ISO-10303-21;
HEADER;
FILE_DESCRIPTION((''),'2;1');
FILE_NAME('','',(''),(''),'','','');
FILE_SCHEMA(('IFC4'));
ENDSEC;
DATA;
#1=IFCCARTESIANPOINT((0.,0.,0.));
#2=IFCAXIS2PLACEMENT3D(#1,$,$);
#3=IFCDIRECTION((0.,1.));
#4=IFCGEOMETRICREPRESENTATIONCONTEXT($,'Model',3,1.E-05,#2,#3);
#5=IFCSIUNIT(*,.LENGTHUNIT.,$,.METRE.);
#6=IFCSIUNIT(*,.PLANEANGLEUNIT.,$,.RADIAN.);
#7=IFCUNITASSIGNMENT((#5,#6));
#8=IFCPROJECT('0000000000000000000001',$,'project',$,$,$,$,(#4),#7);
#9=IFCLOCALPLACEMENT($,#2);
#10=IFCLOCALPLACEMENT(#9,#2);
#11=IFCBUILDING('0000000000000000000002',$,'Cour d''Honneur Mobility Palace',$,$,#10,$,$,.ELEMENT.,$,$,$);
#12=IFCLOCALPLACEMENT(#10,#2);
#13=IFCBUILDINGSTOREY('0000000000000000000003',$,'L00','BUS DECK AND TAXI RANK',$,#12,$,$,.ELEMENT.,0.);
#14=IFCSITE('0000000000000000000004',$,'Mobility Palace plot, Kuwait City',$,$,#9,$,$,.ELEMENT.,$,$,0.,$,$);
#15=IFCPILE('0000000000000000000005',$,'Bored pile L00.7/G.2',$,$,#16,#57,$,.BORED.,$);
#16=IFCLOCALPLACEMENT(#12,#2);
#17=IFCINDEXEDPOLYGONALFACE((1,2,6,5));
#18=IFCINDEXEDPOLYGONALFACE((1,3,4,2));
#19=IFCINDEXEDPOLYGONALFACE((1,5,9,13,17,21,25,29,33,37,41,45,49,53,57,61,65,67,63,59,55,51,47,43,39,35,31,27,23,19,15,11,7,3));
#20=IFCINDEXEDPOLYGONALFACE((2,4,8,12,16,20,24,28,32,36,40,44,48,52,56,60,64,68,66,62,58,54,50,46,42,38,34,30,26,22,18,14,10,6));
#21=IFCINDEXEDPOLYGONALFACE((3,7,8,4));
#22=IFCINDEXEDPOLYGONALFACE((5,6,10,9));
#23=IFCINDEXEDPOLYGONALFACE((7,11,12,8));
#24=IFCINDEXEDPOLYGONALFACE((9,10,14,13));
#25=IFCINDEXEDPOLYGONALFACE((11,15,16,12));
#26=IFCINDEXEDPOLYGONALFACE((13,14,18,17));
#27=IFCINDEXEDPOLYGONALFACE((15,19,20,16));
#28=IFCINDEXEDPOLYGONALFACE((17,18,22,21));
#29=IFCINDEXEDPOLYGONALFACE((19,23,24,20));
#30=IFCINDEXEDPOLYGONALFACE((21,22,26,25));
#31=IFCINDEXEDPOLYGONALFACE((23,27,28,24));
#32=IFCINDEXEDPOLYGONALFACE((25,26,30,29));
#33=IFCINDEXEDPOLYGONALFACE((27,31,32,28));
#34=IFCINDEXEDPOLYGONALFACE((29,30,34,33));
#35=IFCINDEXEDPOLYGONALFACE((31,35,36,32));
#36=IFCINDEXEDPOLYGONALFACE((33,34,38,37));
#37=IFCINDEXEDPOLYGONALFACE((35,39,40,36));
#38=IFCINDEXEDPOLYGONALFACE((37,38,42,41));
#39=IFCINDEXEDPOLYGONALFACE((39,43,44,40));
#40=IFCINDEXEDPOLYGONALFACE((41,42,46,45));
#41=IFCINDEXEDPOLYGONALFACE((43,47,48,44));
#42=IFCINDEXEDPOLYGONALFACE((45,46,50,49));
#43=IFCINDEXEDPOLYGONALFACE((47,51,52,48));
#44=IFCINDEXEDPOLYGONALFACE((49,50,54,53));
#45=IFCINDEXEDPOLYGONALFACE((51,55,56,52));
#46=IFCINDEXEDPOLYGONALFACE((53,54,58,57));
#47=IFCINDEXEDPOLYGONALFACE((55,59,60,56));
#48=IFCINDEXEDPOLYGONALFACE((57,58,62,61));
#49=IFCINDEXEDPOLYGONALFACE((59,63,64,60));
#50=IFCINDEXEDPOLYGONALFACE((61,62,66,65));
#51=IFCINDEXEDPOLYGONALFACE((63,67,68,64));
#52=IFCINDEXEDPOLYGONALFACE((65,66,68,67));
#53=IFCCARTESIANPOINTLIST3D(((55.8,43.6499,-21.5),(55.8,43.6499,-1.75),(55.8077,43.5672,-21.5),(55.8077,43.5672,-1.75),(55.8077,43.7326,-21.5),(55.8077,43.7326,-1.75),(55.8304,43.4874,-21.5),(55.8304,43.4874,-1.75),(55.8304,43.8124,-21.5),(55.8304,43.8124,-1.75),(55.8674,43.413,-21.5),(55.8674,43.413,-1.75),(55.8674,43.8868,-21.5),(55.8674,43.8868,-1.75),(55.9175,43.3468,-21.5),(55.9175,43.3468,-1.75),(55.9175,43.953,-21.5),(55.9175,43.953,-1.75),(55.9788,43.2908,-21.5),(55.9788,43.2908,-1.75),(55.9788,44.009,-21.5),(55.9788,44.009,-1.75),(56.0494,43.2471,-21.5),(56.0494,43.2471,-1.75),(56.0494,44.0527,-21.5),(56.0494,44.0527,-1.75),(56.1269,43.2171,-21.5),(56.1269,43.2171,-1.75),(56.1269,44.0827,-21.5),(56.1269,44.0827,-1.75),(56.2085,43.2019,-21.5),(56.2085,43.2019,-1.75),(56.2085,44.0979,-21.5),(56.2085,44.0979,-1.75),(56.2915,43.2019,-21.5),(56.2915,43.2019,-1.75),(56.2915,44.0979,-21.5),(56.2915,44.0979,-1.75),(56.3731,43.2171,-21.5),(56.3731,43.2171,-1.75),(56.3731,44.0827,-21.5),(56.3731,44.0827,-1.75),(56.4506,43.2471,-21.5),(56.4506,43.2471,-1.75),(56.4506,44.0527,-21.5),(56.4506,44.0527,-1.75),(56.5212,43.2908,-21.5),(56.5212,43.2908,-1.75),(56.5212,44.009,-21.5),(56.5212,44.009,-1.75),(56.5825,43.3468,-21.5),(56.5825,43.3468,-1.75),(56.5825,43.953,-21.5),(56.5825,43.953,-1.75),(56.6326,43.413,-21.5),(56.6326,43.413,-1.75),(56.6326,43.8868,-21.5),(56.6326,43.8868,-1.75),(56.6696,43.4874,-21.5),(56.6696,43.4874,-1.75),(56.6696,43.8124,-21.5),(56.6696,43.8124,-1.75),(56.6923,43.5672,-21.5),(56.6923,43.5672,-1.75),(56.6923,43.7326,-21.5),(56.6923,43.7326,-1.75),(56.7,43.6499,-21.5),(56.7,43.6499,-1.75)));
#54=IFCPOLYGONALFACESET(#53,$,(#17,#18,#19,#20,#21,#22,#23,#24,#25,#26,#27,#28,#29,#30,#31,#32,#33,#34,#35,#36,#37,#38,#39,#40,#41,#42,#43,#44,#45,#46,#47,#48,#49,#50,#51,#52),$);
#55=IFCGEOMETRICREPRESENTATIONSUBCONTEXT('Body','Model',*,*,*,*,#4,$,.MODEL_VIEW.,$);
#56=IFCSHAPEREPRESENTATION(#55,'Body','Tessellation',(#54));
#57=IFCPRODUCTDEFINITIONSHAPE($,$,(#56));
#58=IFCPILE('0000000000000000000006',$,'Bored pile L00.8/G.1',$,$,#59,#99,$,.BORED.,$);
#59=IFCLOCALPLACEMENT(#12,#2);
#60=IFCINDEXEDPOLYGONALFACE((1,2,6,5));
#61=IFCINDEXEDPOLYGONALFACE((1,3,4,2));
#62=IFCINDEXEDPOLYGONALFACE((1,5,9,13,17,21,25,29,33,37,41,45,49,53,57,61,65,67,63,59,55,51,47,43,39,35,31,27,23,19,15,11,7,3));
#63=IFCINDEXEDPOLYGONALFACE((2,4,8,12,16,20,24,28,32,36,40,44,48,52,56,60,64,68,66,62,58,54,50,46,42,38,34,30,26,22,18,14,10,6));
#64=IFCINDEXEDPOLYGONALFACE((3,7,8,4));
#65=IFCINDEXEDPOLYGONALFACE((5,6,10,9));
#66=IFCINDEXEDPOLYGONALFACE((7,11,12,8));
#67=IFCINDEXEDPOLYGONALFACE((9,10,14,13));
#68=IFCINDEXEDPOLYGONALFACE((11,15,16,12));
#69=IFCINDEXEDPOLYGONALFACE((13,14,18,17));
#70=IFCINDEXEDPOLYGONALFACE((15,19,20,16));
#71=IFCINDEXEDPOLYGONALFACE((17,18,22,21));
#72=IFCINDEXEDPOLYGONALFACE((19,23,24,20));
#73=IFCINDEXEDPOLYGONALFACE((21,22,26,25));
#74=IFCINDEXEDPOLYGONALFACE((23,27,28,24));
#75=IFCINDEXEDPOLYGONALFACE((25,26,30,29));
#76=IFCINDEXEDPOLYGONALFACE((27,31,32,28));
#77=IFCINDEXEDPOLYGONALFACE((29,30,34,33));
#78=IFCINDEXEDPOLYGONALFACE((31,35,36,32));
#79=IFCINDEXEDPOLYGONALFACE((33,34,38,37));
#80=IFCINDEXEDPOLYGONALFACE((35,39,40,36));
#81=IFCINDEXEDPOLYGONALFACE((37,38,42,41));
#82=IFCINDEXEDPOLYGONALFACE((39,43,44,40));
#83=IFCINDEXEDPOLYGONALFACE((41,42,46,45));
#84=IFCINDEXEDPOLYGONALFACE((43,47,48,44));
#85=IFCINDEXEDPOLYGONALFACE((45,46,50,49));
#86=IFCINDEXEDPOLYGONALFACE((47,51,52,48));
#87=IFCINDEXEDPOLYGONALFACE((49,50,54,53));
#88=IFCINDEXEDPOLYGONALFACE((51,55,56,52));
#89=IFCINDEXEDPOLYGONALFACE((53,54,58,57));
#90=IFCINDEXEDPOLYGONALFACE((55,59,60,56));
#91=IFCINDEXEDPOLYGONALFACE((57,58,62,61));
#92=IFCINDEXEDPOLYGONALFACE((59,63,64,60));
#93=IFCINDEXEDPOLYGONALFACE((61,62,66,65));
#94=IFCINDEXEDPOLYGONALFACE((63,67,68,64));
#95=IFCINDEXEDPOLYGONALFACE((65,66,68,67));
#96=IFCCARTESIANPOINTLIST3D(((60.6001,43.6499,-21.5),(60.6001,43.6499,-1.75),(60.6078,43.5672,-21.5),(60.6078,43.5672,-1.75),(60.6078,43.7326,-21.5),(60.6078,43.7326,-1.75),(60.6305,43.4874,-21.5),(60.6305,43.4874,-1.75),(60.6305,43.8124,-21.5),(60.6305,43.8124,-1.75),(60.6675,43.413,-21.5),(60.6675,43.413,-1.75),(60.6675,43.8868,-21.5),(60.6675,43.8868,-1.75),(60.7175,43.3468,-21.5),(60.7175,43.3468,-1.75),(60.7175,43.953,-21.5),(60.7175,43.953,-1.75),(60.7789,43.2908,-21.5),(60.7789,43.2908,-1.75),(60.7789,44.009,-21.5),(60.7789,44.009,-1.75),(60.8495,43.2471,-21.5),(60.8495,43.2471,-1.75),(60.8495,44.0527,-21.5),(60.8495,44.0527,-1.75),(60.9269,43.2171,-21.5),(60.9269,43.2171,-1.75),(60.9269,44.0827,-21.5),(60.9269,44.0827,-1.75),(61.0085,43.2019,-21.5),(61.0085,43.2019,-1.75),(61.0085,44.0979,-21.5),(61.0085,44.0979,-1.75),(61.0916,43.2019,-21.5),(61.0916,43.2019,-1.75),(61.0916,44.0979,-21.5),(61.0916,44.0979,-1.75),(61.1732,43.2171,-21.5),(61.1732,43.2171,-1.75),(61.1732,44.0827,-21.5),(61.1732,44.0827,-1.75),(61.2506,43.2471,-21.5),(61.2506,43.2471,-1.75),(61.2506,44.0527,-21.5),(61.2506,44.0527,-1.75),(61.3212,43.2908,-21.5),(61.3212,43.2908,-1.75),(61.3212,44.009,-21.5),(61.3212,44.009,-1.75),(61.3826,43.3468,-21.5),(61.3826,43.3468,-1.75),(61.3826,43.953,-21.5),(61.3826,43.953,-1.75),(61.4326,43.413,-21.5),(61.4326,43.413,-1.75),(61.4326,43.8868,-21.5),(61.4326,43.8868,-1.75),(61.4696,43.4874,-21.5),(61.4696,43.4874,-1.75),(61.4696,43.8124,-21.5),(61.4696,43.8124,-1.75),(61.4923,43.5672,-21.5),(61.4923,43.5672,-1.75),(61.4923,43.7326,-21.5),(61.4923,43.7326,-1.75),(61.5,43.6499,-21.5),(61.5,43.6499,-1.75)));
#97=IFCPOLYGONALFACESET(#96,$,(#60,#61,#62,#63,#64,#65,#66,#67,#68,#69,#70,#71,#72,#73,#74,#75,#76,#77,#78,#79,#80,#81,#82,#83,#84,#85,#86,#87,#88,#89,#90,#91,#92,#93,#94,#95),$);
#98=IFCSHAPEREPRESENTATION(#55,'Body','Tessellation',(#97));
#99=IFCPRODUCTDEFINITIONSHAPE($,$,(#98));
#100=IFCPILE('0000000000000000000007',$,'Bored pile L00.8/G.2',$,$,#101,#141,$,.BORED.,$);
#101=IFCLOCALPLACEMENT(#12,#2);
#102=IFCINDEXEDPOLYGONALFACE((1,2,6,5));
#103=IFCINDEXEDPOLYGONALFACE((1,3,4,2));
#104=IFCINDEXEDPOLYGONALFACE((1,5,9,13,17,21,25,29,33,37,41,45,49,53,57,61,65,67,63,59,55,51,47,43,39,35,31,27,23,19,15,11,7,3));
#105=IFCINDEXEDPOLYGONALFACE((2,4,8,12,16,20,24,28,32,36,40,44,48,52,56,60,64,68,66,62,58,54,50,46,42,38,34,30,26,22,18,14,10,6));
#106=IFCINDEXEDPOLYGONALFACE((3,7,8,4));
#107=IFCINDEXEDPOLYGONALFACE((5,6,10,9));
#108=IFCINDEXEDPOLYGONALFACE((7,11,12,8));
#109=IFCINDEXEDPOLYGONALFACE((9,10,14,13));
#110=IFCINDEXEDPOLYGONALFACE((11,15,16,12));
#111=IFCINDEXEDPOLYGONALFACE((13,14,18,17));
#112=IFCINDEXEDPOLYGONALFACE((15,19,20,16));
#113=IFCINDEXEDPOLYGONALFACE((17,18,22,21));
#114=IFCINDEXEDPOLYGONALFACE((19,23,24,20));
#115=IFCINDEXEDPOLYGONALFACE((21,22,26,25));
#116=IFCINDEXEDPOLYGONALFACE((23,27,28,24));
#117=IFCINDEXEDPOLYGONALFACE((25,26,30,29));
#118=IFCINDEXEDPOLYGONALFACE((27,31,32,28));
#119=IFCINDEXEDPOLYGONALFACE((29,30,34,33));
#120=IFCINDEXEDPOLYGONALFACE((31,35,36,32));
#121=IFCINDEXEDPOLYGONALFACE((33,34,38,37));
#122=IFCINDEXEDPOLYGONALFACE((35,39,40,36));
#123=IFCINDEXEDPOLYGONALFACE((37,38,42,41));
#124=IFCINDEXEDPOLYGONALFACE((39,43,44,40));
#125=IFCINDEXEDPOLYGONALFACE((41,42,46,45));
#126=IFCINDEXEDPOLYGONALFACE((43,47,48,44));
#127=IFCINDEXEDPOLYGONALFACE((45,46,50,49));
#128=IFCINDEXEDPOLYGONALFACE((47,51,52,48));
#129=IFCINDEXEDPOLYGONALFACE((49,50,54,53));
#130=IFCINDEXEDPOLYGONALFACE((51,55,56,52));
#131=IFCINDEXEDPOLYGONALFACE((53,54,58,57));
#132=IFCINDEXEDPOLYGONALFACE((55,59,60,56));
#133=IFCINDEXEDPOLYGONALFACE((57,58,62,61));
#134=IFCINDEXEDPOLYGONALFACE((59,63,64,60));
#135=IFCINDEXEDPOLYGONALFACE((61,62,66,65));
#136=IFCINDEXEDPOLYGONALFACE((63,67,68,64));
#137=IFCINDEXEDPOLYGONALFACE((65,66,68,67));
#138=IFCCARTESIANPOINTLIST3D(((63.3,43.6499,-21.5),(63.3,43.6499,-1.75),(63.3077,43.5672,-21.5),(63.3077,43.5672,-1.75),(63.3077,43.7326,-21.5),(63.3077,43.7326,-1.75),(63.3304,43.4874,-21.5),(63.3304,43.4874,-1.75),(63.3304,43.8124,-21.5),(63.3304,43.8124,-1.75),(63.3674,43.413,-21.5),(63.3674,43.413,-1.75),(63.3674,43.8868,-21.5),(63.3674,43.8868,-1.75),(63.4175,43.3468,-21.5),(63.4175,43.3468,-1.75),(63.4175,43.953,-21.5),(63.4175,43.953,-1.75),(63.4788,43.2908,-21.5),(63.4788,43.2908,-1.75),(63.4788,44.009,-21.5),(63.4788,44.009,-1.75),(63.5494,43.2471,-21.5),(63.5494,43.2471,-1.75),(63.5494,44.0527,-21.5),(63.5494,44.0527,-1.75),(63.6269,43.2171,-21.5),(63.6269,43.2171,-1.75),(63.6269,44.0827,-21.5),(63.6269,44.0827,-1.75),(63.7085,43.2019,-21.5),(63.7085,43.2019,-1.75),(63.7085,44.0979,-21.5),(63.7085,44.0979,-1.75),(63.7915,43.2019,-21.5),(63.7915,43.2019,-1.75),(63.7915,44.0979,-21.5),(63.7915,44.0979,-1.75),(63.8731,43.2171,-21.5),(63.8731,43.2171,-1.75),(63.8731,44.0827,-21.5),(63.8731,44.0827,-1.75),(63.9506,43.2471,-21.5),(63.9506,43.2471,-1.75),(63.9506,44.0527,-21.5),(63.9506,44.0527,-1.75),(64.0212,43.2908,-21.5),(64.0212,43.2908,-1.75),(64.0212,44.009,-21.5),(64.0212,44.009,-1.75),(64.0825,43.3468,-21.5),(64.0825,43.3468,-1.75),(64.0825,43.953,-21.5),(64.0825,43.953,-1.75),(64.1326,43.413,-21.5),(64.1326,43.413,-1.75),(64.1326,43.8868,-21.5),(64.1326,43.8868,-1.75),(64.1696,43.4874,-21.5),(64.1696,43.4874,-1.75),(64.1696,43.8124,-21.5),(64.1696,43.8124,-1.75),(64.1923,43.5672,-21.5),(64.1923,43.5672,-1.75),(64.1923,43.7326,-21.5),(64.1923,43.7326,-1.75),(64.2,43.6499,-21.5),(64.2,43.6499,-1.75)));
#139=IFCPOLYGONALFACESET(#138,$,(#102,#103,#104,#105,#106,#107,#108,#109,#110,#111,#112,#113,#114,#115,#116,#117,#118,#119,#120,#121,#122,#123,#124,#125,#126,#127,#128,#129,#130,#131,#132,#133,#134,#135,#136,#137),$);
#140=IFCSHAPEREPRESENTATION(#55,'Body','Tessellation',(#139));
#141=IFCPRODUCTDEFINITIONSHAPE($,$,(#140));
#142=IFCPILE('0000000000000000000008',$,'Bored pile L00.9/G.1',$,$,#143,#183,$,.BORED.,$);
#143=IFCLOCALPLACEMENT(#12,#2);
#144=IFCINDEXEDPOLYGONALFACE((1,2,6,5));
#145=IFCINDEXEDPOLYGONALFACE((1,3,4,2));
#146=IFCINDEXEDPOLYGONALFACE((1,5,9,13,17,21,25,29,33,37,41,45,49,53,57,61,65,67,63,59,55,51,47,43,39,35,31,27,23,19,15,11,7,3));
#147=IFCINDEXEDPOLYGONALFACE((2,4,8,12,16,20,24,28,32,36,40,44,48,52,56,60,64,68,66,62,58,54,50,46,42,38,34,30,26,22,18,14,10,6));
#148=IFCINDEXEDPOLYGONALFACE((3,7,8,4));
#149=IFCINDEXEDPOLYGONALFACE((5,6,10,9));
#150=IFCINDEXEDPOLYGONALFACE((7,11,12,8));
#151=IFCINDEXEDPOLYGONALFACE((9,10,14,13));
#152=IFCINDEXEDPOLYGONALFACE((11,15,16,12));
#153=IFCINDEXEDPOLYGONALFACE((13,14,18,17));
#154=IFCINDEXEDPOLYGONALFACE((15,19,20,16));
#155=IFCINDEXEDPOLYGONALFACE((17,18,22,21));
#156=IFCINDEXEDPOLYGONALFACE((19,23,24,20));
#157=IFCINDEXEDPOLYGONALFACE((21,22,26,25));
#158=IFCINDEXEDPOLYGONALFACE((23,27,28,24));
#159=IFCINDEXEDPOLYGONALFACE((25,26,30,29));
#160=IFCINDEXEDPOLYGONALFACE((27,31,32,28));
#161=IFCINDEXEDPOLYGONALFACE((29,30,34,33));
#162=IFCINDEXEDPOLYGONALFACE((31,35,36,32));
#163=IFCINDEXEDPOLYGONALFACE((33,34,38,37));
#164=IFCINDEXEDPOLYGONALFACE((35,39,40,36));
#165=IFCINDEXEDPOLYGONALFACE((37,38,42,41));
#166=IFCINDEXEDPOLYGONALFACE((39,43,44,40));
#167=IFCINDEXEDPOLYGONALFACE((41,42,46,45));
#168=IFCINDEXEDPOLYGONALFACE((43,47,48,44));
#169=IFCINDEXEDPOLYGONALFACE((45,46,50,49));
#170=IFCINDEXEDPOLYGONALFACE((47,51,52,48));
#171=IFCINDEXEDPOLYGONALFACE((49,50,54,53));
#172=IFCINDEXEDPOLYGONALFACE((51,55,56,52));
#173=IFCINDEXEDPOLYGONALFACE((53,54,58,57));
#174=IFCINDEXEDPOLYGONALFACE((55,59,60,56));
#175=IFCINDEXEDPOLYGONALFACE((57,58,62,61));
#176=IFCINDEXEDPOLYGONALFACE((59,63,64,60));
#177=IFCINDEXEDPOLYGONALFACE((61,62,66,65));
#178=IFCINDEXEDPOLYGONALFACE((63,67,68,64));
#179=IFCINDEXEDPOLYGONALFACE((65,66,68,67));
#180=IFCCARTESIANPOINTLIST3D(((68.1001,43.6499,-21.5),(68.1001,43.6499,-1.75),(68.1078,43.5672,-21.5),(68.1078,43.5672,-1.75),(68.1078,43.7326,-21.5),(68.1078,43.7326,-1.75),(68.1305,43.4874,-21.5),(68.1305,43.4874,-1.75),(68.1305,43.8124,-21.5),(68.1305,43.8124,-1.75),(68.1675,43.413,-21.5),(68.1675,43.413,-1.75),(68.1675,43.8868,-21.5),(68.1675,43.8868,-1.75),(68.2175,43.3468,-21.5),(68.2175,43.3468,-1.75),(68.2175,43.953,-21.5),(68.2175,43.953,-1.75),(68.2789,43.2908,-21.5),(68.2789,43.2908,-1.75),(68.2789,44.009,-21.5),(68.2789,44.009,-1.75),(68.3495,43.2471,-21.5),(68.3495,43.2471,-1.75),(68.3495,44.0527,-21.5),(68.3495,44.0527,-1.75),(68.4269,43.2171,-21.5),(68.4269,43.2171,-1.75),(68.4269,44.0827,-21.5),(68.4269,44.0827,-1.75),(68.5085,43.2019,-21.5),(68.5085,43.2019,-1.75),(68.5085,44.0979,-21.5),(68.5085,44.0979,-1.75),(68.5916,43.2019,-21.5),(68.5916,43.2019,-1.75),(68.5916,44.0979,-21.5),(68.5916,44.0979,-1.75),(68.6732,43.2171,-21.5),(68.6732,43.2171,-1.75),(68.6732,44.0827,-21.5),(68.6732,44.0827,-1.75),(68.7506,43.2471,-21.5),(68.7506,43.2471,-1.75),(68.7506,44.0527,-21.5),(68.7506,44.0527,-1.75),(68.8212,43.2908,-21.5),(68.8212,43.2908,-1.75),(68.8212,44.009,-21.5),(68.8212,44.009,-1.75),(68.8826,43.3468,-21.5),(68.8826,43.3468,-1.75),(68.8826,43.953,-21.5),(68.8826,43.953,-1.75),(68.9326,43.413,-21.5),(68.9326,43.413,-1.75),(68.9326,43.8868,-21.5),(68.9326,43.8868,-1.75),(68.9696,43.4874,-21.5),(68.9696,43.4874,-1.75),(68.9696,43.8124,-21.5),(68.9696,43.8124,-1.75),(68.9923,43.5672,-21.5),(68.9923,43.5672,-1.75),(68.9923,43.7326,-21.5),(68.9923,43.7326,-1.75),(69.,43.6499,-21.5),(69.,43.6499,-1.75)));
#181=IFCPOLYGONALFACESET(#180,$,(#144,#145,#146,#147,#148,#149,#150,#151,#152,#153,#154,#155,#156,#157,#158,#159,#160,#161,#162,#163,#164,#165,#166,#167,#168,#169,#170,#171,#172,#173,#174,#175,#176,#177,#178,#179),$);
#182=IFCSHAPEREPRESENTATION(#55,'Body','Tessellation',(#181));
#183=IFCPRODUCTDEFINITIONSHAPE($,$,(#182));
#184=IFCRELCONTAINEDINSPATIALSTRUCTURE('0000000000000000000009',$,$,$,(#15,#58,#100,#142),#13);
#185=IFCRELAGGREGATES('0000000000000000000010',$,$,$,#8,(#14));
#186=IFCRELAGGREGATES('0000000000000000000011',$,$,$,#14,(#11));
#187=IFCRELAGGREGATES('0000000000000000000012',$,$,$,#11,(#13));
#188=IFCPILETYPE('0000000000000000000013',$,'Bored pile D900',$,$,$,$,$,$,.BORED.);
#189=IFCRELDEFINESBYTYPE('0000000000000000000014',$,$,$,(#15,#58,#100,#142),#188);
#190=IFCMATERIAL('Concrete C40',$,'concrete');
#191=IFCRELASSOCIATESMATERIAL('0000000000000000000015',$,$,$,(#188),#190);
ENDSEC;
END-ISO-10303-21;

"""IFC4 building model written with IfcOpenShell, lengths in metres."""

from ifc_helpers import new_model, si_unit, direction, frame, origin, origin_2d, place, context, subcontext, project, spatial, circle, extrude, material, material_profile, profile_set, type_object, element, save


model = new_model("IFC4")

# Units and contexts
model_context = context("Model", 3, precision=1e-05, world=origin(), true_north=direction((0.0, 1.0)))
body_context = subcontext(model_context, "Body", "Model", "MODEL_VIEW")
ifc_project = project(units=[si_unit("LENGTHUNIT", "METRE"), si_unit("PLANEANGLEUNIT", "RADIAN")], contexts=[model_context])

# Site, building, storey
site_placement = place(None, origin())
site = spatial("IfcSite", under=ifc_project, at=site_placement, Name="Mobility Palace plot, Kuwait City", CompositionType="ELEMENT", RefElevation=0.0)
building_placement = place(site_placement, origin())
building = spatial("IfcBuilding", under=site, at=building_placement, Name="Cour d'Honneur Mobility Palace", CompositionType="ELEMENT")
storey_placement = place(building_placement, origin())
storey = spatial("IfcBuildingStorey", under=building, at=storey_placement, Name="L00", Description="BUS DECK AND TAXI RANK", CompositionType="ELEMENT", Elevation=0.0)

# Piles
ifc_material_1 = material(Name="Concrete C40", Category="concrete")
ifc_material_profile_1 = material_profile(ifc_material_1, circle(Radius=0.45, at=origin_2d()), Name="Bored pile D900")
ifc_profile_set_1 = profile_set([ifc_material_profile_1], Name="Concrete C40")
pile_type = type_object("IfcPileType", Name="Bored pile D900", PredefinedType="BORED", material=ifc_profile_set_1)
for number, where, z_axis, x_axis, name in (
    (1, (56.25, 43.6499, -1.75), (0.0, 0.0, -1.0), (1.0, 0.0, 0.0), "Bored pile L00.7/G.2"),
    (2, (61.05, 43.6499, -1.75), (0.0, 0.0, -1.0), (1.0, 0.0, 0.0), "Bored pile L00.8/G.1"),
    (3, (63.75, 43.6499, -1.75), (0.0, 0.0, -1.0), (1.0, 0.0, 0.0), "Bored pile L00.8/G.2"),
    (4, (68.55, 43.6499, -1.75), (0.0, 0.0, -1.0), (1.0, 0.0, 0.0), "Bored pile L00.9/G.1"),
):
    element("IfcPile", number, at=place(storey_placement, frame(where, z_axis=z_axis, x_axis=x_axis)), inside=storey, type_object=pile_type, Name=name, PredefinedType="BORED", context=body_context, shape_type="SweptSolid", body=[
        extrude(circle(Radius=0.45, at=origin_2d()), origin(), (0.0, 0.0, 1.0), 19.75),
    ])

save(model, "model.ifc")
